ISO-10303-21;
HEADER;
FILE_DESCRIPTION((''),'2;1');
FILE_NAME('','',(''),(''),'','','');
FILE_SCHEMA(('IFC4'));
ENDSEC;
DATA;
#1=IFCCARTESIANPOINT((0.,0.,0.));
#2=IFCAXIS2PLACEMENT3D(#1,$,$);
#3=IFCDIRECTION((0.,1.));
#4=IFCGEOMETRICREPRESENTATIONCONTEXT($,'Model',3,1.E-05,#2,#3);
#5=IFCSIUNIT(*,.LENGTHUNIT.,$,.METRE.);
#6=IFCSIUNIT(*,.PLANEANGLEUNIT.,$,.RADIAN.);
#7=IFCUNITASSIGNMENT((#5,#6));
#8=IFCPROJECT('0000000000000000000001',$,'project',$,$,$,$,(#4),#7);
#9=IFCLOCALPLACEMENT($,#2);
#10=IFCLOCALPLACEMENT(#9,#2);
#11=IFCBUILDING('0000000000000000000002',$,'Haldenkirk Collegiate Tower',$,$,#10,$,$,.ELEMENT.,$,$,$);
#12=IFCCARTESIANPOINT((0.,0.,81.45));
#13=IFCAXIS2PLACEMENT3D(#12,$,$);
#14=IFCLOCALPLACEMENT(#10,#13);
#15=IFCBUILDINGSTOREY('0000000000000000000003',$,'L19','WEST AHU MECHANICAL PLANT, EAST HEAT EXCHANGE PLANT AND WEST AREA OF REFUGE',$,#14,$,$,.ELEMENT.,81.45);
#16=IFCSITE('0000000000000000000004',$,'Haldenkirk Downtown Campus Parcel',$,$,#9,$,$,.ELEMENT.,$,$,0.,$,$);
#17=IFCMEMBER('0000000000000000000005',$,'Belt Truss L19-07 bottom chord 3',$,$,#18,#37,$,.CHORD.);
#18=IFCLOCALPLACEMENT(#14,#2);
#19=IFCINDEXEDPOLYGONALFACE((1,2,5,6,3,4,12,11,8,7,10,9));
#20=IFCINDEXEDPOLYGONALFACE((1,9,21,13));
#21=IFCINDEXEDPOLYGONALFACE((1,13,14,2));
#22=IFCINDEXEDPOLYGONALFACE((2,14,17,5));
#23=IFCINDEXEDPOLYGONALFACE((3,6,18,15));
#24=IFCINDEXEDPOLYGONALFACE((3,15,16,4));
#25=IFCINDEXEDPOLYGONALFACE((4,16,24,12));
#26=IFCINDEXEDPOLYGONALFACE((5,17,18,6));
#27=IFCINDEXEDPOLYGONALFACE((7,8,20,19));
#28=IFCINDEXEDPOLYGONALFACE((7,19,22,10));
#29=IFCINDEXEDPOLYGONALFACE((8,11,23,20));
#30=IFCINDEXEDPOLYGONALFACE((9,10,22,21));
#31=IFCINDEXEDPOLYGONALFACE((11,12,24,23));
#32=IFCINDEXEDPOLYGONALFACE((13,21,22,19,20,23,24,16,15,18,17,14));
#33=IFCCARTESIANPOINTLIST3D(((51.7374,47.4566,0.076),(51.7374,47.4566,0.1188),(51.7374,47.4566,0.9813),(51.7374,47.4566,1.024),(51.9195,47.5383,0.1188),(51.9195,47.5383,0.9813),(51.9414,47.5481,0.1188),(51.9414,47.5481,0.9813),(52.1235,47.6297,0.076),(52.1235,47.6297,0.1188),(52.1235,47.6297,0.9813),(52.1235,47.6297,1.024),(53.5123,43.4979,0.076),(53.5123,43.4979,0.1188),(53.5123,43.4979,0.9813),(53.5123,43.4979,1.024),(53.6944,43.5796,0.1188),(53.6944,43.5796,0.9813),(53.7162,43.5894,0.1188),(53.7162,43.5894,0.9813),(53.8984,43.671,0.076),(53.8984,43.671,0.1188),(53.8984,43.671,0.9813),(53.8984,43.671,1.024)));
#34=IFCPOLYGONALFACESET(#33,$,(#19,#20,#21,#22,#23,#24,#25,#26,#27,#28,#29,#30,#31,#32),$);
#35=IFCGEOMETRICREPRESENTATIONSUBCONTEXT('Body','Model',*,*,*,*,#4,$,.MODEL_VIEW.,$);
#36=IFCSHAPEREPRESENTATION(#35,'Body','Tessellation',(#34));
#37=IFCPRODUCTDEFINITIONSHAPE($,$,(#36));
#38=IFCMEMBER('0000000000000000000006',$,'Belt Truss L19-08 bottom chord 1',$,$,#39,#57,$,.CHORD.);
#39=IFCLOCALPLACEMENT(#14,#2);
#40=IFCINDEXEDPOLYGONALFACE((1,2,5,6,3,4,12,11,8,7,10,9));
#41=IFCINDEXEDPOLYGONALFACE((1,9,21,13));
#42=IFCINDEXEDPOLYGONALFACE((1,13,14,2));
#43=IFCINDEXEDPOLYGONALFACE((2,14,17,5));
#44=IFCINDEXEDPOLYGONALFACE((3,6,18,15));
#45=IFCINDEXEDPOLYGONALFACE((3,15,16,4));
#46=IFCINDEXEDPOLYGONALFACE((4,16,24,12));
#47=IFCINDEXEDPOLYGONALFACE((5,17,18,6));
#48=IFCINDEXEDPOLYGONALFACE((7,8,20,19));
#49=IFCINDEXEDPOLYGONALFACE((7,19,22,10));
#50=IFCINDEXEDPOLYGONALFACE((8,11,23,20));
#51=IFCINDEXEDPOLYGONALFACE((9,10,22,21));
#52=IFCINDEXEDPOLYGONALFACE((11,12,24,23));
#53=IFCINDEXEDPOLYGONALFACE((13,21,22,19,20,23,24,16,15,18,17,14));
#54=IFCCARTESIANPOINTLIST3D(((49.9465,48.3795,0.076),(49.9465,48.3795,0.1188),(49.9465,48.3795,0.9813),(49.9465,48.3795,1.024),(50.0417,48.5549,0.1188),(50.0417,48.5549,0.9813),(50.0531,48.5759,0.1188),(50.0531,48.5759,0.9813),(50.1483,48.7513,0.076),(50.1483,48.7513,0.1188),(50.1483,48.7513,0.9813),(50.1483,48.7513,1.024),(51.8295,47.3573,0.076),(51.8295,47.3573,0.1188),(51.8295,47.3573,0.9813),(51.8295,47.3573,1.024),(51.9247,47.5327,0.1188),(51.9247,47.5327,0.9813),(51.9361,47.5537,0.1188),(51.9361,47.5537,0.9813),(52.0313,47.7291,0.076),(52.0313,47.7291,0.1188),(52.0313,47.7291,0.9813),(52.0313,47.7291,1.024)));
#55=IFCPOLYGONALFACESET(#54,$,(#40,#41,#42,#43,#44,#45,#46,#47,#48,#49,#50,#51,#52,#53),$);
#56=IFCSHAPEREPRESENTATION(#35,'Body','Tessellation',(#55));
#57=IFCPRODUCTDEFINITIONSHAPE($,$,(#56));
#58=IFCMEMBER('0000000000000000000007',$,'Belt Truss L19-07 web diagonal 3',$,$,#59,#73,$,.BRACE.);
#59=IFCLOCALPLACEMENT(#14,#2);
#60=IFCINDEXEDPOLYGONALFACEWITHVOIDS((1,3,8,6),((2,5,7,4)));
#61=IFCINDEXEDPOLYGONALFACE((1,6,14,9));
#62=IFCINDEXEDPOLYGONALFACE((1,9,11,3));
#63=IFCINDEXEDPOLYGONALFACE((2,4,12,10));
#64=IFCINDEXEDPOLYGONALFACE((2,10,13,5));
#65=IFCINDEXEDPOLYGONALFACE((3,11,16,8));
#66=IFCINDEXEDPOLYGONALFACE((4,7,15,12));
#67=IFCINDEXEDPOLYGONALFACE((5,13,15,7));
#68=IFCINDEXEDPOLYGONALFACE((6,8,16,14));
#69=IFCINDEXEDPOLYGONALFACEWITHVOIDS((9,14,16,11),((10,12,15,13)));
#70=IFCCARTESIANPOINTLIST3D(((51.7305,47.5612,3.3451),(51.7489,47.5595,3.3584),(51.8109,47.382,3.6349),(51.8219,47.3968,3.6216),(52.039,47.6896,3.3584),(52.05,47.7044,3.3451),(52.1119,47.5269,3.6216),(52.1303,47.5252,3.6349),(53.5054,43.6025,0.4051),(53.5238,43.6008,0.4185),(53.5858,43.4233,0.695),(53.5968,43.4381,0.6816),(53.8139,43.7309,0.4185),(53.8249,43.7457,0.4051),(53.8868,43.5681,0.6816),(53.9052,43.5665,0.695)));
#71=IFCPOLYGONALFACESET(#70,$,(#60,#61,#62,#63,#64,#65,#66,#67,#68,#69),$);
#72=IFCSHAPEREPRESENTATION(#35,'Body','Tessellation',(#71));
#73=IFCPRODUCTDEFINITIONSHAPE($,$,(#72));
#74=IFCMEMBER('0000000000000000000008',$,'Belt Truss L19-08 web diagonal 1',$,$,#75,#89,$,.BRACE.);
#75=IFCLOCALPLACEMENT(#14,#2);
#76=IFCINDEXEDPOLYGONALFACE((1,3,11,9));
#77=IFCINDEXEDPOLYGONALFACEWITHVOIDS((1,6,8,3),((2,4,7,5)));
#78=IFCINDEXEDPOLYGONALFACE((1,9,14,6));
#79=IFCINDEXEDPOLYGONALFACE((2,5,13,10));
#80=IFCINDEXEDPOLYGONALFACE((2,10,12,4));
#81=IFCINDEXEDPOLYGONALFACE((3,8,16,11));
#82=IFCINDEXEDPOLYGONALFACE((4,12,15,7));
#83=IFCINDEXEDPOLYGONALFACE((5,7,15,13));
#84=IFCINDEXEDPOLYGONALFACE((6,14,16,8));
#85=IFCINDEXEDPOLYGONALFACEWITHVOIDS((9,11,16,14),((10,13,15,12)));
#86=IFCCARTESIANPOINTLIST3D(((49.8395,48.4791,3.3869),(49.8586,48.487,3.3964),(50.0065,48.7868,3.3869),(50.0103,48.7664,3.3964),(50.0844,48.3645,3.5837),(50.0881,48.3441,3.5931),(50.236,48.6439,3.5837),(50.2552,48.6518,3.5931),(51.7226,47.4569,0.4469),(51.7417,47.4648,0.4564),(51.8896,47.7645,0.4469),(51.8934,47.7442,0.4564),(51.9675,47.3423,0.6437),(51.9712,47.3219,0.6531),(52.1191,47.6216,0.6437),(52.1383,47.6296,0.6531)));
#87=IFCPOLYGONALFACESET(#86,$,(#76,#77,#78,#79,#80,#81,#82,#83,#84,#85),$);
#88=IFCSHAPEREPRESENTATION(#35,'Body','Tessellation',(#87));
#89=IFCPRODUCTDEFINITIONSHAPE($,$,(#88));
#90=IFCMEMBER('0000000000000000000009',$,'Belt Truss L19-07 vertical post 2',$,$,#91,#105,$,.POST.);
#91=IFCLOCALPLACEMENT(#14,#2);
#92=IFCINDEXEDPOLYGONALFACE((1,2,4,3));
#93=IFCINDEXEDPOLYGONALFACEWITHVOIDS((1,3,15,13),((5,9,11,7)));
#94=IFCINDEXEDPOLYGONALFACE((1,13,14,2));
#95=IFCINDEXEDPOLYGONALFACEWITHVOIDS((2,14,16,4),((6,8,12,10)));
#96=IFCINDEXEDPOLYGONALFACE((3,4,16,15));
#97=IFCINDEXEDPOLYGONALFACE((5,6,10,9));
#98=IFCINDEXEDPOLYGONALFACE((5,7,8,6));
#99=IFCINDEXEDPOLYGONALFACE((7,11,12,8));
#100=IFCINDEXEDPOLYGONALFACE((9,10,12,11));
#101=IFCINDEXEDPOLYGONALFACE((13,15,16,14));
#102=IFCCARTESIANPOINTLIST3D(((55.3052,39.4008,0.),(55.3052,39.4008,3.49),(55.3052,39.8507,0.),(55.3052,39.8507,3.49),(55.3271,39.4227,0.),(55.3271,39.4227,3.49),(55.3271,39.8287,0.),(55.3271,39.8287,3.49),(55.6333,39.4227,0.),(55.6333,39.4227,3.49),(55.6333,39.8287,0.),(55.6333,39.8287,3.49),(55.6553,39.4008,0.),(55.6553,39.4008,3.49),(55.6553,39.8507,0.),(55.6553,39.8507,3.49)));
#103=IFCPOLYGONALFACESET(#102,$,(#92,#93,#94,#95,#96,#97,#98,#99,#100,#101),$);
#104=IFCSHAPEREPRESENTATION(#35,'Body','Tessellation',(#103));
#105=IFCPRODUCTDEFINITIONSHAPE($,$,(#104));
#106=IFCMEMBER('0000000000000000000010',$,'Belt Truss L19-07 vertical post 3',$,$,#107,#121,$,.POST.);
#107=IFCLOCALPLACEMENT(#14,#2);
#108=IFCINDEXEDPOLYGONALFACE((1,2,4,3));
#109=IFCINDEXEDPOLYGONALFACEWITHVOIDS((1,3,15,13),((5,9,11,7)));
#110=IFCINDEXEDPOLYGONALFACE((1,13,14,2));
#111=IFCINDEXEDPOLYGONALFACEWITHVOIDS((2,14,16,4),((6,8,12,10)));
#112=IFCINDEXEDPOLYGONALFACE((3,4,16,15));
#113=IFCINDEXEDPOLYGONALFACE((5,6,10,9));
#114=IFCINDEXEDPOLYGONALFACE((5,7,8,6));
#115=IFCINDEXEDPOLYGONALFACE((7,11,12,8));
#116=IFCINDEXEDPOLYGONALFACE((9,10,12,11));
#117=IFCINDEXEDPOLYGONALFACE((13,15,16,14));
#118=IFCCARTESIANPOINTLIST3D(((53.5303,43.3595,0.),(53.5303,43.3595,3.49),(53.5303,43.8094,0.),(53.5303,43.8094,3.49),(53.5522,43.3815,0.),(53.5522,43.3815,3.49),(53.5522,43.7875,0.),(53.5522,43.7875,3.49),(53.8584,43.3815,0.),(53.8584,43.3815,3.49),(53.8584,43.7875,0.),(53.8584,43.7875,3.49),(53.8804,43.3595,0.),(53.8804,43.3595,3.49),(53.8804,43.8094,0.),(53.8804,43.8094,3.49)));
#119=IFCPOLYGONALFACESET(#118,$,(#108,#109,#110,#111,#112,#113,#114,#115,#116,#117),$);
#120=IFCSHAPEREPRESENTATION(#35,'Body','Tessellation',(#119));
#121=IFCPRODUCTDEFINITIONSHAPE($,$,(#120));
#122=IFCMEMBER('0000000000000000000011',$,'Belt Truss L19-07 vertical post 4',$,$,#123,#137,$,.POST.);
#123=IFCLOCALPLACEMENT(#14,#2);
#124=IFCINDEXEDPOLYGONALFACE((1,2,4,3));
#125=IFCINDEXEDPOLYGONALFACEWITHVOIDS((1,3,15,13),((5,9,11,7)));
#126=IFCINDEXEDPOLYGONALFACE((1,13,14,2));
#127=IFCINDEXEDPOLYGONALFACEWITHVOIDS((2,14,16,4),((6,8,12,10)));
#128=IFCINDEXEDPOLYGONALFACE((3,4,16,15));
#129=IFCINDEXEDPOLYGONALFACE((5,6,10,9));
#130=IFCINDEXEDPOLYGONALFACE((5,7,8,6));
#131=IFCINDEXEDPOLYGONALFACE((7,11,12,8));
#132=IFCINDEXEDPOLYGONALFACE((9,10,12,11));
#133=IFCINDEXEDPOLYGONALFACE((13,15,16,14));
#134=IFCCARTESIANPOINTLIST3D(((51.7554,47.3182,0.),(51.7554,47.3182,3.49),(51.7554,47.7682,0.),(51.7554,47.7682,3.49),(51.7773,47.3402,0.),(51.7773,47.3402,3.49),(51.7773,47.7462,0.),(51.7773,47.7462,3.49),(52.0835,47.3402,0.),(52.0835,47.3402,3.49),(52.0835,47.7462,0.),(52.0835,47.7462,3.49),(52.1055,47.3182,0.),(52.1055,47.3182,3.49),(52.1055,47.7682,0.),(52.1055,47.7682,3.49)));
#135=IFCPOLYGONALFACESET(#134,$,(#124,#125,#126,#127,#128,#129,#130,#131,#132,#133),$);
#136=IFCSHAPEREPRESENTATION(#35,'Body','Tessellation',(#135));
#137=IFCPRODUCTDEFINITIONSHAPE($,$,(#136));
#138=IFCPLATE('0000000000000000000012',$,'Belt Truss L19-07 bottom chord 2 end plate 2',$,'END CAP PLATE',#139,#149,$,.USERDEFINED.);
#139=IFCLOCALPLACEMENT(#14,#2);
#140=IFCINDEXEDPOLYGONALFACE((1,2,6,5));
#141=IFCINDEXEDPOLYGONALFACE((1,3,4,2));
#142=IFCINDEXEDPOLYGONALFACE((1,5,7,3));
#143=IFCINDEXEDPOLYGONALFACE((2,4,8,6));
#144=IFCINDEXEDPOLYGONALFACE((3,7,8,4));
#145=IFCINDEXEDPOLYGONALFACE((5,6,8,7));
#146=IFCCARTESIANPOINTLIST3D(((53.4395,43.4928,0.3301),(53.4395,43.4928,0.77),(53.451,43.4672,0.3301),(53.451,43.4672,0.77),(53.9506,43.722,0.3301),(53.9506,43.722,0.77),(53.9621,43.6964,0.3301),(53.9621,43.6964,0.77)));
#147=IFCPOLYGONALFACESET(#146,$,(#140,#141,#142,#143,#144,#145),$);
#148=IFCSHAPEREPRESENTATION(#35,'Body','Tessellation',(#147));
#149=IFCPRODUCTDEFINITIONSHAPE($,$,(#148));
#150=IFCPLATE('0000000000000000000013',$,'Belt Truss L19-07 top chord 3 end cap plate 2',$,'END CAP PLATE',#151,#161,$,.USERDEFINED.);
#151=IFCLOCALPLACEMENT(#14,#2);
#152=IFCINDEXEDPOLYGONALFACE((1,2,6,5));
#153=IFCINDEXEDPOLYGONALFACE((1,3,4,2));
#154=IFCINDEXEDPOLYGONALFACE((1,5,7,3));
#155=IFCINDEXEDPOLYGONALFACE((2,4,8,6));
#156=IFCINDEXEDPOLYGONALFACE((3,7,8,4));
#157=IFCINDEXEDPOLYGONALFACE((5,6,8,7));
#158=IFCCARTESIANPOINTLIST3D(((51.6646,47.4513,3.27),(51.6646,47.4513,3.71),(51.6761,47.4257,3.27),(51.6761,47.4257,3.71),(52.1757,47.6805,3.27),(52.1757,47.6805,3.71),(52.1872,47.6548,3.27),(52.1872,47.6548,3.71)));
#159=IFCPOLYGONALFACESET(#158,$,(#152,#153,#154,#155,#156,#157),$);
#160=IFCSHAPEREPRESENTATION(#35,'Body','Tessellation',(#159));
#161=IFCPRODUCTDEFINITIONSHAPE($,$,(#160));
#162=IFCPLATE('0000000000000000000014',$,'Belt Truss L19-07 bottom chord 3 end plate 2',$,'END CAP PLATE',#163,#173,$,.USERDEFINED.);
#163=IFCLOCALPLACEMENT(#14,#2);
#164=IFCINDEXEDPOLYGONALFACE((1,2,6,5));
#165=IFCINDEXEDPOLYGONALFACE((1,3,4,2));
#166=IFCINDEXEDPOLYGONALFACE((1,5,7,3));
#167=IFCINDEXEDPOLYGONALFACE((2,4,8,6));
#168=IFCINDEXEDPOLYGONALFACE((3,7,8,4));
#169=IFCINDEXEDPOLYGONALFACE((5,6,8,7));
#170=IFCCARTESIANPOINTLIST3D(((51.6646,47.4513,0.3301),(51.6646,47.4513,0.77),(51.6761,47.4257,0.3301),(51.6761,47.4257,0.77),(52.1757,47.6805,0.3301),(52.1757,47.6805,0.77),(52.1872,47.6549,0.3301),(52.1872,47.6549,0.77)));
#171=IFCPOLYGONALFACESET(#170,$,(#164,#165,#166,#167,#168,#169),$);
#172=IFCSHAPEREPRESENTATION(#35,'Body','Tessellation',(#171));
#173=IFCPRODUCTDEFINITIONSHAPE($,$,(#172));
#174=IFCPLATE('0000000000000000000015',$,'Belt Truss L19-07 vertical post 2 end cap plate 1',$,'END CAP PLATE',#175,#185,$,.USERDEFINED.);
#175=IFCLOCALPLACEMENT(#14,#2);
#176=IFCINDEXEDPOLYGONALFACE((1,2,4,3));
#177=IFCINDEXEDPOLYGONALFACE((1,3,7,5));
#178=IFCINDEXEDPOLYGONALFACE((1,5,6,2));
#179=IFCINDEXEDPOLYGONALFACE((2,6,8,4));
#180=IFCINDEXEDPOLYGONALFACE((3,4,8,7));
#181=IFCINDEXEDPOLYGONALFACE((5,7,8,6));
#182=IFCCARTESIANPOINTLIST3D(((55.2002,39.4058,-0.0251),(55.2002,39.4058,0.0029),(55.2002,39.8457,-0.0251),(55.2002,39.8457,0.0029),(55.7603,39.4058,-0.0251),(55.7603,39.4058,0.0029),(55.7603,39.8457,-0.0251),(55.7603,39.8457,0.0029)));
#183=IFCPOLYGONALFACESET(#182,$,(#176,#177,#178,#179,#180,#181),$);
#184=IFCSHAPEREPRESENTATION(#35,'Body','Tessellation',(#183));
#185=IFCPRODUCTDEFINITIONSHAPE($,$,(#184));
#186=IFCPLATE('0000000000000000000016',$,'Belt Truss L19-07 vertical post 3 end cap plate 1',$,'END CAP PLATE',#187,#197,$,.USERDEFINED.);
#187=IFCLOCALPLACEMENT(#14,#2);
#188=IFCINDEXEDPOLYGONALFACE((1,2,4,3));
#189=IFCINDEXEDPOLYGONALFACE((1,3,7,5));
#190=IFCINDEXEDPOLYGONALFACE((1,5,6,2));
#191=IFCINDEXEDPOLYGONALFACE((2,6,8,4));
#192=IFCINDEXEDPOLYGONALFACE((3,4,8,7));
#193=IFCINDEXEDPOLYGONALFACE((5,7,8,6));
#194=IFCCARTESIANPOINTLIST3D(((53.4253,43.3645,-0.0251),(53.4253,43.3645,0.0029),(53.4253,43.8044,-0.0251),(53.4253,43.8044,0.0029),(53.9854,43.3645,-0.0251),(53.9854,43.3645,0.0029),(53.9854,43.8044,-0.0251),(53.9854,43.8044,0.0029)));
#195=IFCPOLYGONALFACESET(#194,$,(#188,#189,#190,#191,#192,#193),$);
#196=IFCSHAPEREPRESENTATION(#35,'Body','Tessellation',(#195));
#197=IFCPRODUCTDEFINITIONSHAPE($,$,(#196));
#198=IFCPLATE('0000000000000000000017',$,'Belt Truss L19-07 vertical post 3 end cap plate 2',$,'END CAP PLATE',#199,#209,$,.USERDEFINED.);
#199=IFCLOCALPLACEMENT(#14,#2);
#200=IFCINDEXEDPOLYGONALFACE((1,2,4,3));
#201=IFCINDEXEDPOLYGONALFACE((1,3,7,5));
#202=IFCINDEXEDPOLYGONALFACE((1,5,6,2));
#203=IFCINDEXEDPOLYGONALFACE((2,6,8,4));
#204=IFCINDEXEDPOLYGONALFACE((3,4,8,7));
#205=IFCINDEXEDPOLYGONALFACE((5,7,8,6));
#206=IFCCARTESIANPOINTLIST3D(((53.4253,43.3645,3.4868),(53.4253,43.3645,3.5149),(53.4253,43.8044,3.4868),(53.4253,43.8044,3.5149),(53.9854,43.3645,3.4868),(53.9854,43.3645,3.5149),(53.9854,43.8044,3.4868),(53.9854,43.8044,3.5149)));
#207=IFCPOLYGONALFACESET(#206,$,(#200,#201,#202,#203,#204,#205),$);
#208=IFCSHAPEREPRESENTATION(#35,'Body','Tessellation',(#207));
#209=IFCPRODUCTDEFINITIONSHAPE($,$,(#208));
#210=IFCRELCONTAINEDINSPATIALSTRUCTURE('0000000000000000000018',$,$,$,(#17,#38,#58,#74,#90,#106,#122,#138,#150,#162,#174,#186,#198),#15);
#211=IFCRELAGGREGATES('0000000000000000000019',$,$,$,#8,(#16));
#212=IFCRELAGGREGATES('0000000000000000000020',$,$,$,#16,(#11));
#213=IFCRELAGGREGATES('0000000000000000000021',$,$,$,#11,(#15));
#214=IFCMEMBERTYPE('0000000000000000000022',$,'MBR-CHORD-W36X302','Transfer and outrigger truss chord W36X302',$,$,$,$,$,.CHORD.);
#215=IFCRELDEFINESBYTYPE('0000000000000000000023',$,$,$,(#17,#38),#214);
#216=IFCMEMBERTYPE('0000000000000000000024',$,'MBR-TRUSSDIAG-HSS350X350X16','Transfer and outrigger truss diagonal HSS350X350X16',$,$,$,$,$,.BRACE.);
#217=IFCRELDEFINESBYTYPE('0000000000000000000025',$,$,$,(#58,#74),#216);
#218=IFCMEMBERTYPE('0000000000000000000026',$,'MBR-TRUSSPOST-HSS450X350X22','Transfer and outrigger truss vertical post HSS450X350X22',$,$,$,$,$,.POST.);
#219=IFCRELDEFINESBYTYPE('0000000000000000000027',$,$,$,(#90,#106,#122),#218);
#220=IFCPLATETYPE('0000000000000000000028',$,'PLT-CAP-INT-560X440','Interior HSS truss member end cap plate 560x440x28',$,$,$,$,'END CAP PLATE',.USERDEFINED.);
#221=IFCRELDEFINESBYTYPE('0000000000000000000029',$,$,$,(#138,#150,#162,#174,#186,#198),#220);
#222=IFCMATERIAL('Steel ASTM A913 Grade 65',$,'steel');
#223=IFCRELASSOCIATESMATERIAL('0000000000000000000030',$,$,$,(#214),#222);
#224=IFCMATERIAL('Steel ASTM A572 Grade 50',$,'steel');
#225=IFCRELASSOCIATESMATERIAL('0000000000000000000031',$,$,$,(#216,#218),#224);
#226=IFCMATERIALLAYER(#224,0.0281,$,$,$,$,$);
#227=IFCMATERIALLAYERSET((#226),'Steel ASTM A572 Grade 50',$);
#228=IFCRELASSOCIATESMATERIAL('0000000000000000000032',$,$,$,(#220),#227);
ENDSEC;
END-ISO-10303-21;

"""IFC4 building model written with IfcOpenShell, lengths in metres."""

from ifc_helpers import new_model, si_unit, direction, frame, origin, origin_2d, place, context, subcontext, project, spatial, rectangle, hollow_rectangle, i_section, extrude, source, transform, mapped, material, layer, layer_set, material_profile, profile_set, type_object, element, save


model = new_model("IFC4")

# Units and contexts
model_context = context("Model", 3, precision=1e-05, world=origin(), true_north=direction((0.0, 1.0)))
body_context = subcontext(model_context, "Body", "Model", "MODEL_VIEW")
ifc_project = project(units=[si_unit("LENGTHUNIT", "METRE"), si_unit("PLANEANGLEUNIT", "RADIAN")], contexts=[model_context])

# Site, building, storey
site_placement = place(None, origin())
site = spatial("IfcSite", under=ifc_project, at=site_placement, Name="Haldenkirk Downtown Campus Parcel", CompositionType="ELEMENT", RefElevation=0.0)
building_placement = place(site_placement, origin())
building = spatial("IfcBuilding", under=site, at=building_placement, Name="Haldenkirk Collegiate Tower", CompositionType="ELEMENT")
storey_placement = place(building_placement, frame((0.0, 0.0, 81.45)))
storey = spatial("IfcBuildingStorey", under=building, at=storey_placement, Name="L19", Description="WEST AHU MECHANICAL PLANT, EAST HEAT EXCHANGE PLANT AND WEST AREA OF REFUGE", CompositionType="ELEMENT", Elevation=81.45)

# Shared definitions
ifc_material_1 = material(Name="Steel ASTM A913 Grade 65", Category="steel")
ifc_material_2 = material(Name="Steel ASTM A572 Grade 50", Category="steel")

# Members
ifc_material_profile_1 = material_profile(ifc_material_1, i_section(OverallWidth=0.4231, OverallDepth=0.948, WebThickness=0.0239, FlangeThickness=0.0427, at=origin_2d()), Name="W36X302")
ifc_profile_set_1 = profile_set([ifc_material_profile_1], Name="Steel ASTM A913 Grade 65")
member_type_1 = type_object("IfcMemberType", Name="MBR-CHORD-W36X302", Description="Transfer and outrigger truss chord W36X302", PredefinedType="CHORD", material=ifc_profile_set_1)
member_1_placement = place(storey_placement, frame((53.7053, 43.5845, 0.55), z_axis=(-0.409112, 0.912484, 0.0), x_axis=(-0.912484, -0.409112, 0.0)))
element("IfcMember", 1, at=member_1_placement, inside=storey, type_object=member_type_1, Name="Belt Truss L19-07 bottom chord 3", PredefinedType="CHORD", context=body_context, shape_type="SweptSolid", body=[
    extrude(i_section(OverallWidth=0.4231, OverallDepth=0.948, WebThickness=0.0239, FlangeThickness=0.0427, at=origin_2d()), origin(), (0.0, 0.0, 1.0), 4.3384),
])
member_2_placement = place(storey_placement, frame((51.9304, 47.5432, 0.55), z_axis=(-0.878856, 0.477087, 0.0), x_axis=(-0.477087, -0.878856, 0.0)))
element("IfcMember", 2, at=member_2_placement, inside=storey, type_object=member_type_1, Name="Belt Truss L19-08 bottom chord 1", PredefinedType="CHORD", context=body_context, shape_type="SweptSolid", body=[
    extrude(i_section(OverallWidth=0.4231, OverallDepth=0.948, WebThickness=0.0239, FlangeThickness=0.0427, at=origin_2d()), origin(), (0.0, 0.0, 1.0), 2.1426),
])
ifc_material_profile_2 = material_profile(ifc_material_2, hollow_rectangle(XDim=0.3501, YDim=0.3501, WallThickness=0.0161, at=origin_2d()), Name="HSS350X350X16")
ifc_profile_set_2 = profile_set([ifc_material_profile_2], Name="Steel ASTM A572 Grade 50")
member_type_2 = type_object("IfcMemberType", Name="MBR-TRUSSDIAG-HSS350X350X16", Description="Transfer and outrigger truss diagonal HSS350X350X16", PredefinedType="BRACE", material=ifc_profile_set_2)
member_3_placement = place(storey_placement, frame((53.7053, 43.5845, 0.55), z_axis=(-0.338675, 0.755381, 0.56098), x_axis=(-0.912484, -0.409112, 0.0)))
element("IfcMember", 3, at=member_3_placement, inside=storey, type_object=member_type_2, Name="Belt Truss L19-07 web diagonal 3", PredefinedType="BRACE", context=body_context, shape_type="SweptSolid", body=[
    extrude(hollow_rectangle(XDim=0.3501, YDim=0.3501, WallThickness=0.0161, at=origin_2d()), origin(), (0.0, 0.0, 1.0), 5.2407),
])
member_4_placement = place(storey_placement, frame((51.9304, 47.5432, 0.55), z_axis=(-0.517626, 0.280993, 0.80815), x_axis=(-0.477087, -0.878856, 0.0)))
element("IfcMember", 4, at=member_4_placement, inside=storey, type_object=member_type_2, Name="Belt Truss L19-08 web diagonal 1", PredefinedType="BRACE", context=body_context, shape_type="SweptSolid", body=[
    extrude(hollow_rectangle(XDim=0.3501, YDim=0.3501, WallThickness=0.0161, at=origin_2d()), origin(), (0.0, 0.0, 1.0), 3.6379),
])
ifc_material_profile_3 = material_profile(ifc_material_2, hollow_rectangle(XDim=0.3501, YDim=0.45, WallThickness=0.022, at=origin_2d()), Name="HSS450X350X22")
ifc_profile_set_3 = profile_set([ifc_material_profile_3], Name="Steel ASTM A572 Grade 50")
member_type_3 = type_object("IfcMemberType", Name="MBR-TRUSSPOST-HSS450X350X22", Description="Transfer and outrigger truss vertical post HSS450X350X22", PredefinedType="POST", material=ifc_profile_set_3)
for number, where, z_axis, x_axis, name in (
    (5, (55.4802, 39.6257, 0.0), (0.0, 0.0, 1.0), (1.0, 0.0, 0.0), "Belt Truss L19-07 vertical post 2"),
    (6, (53.7053, 43.5845, 0.0), (0.0, 0.0, 1.0), (1.0, 0.0, 0.0), "Belt Truss L19-07 vertical post 3"),
    (7, (51.9304, 47.5432, 0.0), (0.0, 0.0, 1.0), (1.0, 0.0, 0.0), "Belt Truss L19-07 vertical post 4"),
):
    element("IfcMember", number, at=place(storey_placement, frame(where, z_axis=z_axis, x_axis=x_axis)), inside=storey, type_object=member_type_3, Name=name, PredefinedType="POST", context=body_context, shape_type="SweptSolid", body=[
        extrude(hollow_rectangle(XDim=0.3501, YDim=0.45, WallThickness=0.022, at=origin_2d()), origin(), (0.0, 0.0, 1.0), 3.49),
    ])

# Plates
ifc_layer_1 = layer(ifc_material_2, 0.0281)
ifc_layer_set_1 = layer_set([ifc_layer_1], Name="Steel ASTM A572 Grade 50")
plate_type = type_object("IfcPlateType", Name="PLT-CAP-INT-560X440", Description="Interior HSS truss member end cap plate 560x440x28", ElementType="END CAP PLATE", PredefinedType="USERDEFINED", material=ifc_layer_set_1)
shared_shape_1 = source(origin(), body_context, "Body", "SweptSolid", [
    extrude(rectangle(XDim=0.5601, YDim=0.4399, at=origin_2d()), origin(), (0.0, 0.0, 1.0), 0.0281),
])
for number, where, z_axis, x_axis, name in (
    (8, (53.7065, 43.5818, 0.55), (-0.409128, 0.912477, 0.0), (-0.912477, -0.409128, 0.0), "Belt Truss L19-07 bottom chord 2 end plate 2"),
    (9, (51.9316, 47.5403, 3.49), (-0.409124, 0.912479, 0.0), (-0.912479, -0.409124, 0.0), "Belt Truss L19-07 top chord 3 end cap plate 2"),
    (10, (51.9316, 47.5403, 0.55), (-0.409128, 0.912477, 0.0), (-0.912477, -0.409128, 0.0), "Belt Truss L19-07 bottom chord 3 end plate 2"),
    (11, (55.4802, 39.6257, 0.0029), (0.0, 0.0, -1.0), (1.0, 0.0, 0.0), "Belt Truss L19-07 vertical post 2 end cap plate 1"),
    (12, (53.7053, 43.5845, 0.0029), (0.0, 0.0, -1.0), (1.0, 0.0, 0.0), "Belt Truss L19-07 vertical post 3 end cap plate 1"),
    (13, (53.7053, 43.5845, 3.4868), (0.0, 0.0, 1.0), (1.0, 0.0, 0.0), "Belt Truss L19-07 vertical post 3 end cap plate 2"),
):
    element("IfcPlate", number, at=place(storey_placement, frame(where, z_axis=z_axis, x_axis=x_axis)), inside=storey, type_object=plate_type, Name=name, ObjectType="END CAP PLATE", PredefinedType="USERDEFINED", context=body_context, shape_type="MappedRepresentation", body=[
        mapped(shared_shape_1, transform((0.0, 0.0, 0.0), x_axis=(1.0, 0.0, 0.0), y_axis=(0.0, 1.0, 0.0), z_axis=(0.0, 0.0, 1.0), scale=1.0)),
    ])

save(model, "model.ifc")
